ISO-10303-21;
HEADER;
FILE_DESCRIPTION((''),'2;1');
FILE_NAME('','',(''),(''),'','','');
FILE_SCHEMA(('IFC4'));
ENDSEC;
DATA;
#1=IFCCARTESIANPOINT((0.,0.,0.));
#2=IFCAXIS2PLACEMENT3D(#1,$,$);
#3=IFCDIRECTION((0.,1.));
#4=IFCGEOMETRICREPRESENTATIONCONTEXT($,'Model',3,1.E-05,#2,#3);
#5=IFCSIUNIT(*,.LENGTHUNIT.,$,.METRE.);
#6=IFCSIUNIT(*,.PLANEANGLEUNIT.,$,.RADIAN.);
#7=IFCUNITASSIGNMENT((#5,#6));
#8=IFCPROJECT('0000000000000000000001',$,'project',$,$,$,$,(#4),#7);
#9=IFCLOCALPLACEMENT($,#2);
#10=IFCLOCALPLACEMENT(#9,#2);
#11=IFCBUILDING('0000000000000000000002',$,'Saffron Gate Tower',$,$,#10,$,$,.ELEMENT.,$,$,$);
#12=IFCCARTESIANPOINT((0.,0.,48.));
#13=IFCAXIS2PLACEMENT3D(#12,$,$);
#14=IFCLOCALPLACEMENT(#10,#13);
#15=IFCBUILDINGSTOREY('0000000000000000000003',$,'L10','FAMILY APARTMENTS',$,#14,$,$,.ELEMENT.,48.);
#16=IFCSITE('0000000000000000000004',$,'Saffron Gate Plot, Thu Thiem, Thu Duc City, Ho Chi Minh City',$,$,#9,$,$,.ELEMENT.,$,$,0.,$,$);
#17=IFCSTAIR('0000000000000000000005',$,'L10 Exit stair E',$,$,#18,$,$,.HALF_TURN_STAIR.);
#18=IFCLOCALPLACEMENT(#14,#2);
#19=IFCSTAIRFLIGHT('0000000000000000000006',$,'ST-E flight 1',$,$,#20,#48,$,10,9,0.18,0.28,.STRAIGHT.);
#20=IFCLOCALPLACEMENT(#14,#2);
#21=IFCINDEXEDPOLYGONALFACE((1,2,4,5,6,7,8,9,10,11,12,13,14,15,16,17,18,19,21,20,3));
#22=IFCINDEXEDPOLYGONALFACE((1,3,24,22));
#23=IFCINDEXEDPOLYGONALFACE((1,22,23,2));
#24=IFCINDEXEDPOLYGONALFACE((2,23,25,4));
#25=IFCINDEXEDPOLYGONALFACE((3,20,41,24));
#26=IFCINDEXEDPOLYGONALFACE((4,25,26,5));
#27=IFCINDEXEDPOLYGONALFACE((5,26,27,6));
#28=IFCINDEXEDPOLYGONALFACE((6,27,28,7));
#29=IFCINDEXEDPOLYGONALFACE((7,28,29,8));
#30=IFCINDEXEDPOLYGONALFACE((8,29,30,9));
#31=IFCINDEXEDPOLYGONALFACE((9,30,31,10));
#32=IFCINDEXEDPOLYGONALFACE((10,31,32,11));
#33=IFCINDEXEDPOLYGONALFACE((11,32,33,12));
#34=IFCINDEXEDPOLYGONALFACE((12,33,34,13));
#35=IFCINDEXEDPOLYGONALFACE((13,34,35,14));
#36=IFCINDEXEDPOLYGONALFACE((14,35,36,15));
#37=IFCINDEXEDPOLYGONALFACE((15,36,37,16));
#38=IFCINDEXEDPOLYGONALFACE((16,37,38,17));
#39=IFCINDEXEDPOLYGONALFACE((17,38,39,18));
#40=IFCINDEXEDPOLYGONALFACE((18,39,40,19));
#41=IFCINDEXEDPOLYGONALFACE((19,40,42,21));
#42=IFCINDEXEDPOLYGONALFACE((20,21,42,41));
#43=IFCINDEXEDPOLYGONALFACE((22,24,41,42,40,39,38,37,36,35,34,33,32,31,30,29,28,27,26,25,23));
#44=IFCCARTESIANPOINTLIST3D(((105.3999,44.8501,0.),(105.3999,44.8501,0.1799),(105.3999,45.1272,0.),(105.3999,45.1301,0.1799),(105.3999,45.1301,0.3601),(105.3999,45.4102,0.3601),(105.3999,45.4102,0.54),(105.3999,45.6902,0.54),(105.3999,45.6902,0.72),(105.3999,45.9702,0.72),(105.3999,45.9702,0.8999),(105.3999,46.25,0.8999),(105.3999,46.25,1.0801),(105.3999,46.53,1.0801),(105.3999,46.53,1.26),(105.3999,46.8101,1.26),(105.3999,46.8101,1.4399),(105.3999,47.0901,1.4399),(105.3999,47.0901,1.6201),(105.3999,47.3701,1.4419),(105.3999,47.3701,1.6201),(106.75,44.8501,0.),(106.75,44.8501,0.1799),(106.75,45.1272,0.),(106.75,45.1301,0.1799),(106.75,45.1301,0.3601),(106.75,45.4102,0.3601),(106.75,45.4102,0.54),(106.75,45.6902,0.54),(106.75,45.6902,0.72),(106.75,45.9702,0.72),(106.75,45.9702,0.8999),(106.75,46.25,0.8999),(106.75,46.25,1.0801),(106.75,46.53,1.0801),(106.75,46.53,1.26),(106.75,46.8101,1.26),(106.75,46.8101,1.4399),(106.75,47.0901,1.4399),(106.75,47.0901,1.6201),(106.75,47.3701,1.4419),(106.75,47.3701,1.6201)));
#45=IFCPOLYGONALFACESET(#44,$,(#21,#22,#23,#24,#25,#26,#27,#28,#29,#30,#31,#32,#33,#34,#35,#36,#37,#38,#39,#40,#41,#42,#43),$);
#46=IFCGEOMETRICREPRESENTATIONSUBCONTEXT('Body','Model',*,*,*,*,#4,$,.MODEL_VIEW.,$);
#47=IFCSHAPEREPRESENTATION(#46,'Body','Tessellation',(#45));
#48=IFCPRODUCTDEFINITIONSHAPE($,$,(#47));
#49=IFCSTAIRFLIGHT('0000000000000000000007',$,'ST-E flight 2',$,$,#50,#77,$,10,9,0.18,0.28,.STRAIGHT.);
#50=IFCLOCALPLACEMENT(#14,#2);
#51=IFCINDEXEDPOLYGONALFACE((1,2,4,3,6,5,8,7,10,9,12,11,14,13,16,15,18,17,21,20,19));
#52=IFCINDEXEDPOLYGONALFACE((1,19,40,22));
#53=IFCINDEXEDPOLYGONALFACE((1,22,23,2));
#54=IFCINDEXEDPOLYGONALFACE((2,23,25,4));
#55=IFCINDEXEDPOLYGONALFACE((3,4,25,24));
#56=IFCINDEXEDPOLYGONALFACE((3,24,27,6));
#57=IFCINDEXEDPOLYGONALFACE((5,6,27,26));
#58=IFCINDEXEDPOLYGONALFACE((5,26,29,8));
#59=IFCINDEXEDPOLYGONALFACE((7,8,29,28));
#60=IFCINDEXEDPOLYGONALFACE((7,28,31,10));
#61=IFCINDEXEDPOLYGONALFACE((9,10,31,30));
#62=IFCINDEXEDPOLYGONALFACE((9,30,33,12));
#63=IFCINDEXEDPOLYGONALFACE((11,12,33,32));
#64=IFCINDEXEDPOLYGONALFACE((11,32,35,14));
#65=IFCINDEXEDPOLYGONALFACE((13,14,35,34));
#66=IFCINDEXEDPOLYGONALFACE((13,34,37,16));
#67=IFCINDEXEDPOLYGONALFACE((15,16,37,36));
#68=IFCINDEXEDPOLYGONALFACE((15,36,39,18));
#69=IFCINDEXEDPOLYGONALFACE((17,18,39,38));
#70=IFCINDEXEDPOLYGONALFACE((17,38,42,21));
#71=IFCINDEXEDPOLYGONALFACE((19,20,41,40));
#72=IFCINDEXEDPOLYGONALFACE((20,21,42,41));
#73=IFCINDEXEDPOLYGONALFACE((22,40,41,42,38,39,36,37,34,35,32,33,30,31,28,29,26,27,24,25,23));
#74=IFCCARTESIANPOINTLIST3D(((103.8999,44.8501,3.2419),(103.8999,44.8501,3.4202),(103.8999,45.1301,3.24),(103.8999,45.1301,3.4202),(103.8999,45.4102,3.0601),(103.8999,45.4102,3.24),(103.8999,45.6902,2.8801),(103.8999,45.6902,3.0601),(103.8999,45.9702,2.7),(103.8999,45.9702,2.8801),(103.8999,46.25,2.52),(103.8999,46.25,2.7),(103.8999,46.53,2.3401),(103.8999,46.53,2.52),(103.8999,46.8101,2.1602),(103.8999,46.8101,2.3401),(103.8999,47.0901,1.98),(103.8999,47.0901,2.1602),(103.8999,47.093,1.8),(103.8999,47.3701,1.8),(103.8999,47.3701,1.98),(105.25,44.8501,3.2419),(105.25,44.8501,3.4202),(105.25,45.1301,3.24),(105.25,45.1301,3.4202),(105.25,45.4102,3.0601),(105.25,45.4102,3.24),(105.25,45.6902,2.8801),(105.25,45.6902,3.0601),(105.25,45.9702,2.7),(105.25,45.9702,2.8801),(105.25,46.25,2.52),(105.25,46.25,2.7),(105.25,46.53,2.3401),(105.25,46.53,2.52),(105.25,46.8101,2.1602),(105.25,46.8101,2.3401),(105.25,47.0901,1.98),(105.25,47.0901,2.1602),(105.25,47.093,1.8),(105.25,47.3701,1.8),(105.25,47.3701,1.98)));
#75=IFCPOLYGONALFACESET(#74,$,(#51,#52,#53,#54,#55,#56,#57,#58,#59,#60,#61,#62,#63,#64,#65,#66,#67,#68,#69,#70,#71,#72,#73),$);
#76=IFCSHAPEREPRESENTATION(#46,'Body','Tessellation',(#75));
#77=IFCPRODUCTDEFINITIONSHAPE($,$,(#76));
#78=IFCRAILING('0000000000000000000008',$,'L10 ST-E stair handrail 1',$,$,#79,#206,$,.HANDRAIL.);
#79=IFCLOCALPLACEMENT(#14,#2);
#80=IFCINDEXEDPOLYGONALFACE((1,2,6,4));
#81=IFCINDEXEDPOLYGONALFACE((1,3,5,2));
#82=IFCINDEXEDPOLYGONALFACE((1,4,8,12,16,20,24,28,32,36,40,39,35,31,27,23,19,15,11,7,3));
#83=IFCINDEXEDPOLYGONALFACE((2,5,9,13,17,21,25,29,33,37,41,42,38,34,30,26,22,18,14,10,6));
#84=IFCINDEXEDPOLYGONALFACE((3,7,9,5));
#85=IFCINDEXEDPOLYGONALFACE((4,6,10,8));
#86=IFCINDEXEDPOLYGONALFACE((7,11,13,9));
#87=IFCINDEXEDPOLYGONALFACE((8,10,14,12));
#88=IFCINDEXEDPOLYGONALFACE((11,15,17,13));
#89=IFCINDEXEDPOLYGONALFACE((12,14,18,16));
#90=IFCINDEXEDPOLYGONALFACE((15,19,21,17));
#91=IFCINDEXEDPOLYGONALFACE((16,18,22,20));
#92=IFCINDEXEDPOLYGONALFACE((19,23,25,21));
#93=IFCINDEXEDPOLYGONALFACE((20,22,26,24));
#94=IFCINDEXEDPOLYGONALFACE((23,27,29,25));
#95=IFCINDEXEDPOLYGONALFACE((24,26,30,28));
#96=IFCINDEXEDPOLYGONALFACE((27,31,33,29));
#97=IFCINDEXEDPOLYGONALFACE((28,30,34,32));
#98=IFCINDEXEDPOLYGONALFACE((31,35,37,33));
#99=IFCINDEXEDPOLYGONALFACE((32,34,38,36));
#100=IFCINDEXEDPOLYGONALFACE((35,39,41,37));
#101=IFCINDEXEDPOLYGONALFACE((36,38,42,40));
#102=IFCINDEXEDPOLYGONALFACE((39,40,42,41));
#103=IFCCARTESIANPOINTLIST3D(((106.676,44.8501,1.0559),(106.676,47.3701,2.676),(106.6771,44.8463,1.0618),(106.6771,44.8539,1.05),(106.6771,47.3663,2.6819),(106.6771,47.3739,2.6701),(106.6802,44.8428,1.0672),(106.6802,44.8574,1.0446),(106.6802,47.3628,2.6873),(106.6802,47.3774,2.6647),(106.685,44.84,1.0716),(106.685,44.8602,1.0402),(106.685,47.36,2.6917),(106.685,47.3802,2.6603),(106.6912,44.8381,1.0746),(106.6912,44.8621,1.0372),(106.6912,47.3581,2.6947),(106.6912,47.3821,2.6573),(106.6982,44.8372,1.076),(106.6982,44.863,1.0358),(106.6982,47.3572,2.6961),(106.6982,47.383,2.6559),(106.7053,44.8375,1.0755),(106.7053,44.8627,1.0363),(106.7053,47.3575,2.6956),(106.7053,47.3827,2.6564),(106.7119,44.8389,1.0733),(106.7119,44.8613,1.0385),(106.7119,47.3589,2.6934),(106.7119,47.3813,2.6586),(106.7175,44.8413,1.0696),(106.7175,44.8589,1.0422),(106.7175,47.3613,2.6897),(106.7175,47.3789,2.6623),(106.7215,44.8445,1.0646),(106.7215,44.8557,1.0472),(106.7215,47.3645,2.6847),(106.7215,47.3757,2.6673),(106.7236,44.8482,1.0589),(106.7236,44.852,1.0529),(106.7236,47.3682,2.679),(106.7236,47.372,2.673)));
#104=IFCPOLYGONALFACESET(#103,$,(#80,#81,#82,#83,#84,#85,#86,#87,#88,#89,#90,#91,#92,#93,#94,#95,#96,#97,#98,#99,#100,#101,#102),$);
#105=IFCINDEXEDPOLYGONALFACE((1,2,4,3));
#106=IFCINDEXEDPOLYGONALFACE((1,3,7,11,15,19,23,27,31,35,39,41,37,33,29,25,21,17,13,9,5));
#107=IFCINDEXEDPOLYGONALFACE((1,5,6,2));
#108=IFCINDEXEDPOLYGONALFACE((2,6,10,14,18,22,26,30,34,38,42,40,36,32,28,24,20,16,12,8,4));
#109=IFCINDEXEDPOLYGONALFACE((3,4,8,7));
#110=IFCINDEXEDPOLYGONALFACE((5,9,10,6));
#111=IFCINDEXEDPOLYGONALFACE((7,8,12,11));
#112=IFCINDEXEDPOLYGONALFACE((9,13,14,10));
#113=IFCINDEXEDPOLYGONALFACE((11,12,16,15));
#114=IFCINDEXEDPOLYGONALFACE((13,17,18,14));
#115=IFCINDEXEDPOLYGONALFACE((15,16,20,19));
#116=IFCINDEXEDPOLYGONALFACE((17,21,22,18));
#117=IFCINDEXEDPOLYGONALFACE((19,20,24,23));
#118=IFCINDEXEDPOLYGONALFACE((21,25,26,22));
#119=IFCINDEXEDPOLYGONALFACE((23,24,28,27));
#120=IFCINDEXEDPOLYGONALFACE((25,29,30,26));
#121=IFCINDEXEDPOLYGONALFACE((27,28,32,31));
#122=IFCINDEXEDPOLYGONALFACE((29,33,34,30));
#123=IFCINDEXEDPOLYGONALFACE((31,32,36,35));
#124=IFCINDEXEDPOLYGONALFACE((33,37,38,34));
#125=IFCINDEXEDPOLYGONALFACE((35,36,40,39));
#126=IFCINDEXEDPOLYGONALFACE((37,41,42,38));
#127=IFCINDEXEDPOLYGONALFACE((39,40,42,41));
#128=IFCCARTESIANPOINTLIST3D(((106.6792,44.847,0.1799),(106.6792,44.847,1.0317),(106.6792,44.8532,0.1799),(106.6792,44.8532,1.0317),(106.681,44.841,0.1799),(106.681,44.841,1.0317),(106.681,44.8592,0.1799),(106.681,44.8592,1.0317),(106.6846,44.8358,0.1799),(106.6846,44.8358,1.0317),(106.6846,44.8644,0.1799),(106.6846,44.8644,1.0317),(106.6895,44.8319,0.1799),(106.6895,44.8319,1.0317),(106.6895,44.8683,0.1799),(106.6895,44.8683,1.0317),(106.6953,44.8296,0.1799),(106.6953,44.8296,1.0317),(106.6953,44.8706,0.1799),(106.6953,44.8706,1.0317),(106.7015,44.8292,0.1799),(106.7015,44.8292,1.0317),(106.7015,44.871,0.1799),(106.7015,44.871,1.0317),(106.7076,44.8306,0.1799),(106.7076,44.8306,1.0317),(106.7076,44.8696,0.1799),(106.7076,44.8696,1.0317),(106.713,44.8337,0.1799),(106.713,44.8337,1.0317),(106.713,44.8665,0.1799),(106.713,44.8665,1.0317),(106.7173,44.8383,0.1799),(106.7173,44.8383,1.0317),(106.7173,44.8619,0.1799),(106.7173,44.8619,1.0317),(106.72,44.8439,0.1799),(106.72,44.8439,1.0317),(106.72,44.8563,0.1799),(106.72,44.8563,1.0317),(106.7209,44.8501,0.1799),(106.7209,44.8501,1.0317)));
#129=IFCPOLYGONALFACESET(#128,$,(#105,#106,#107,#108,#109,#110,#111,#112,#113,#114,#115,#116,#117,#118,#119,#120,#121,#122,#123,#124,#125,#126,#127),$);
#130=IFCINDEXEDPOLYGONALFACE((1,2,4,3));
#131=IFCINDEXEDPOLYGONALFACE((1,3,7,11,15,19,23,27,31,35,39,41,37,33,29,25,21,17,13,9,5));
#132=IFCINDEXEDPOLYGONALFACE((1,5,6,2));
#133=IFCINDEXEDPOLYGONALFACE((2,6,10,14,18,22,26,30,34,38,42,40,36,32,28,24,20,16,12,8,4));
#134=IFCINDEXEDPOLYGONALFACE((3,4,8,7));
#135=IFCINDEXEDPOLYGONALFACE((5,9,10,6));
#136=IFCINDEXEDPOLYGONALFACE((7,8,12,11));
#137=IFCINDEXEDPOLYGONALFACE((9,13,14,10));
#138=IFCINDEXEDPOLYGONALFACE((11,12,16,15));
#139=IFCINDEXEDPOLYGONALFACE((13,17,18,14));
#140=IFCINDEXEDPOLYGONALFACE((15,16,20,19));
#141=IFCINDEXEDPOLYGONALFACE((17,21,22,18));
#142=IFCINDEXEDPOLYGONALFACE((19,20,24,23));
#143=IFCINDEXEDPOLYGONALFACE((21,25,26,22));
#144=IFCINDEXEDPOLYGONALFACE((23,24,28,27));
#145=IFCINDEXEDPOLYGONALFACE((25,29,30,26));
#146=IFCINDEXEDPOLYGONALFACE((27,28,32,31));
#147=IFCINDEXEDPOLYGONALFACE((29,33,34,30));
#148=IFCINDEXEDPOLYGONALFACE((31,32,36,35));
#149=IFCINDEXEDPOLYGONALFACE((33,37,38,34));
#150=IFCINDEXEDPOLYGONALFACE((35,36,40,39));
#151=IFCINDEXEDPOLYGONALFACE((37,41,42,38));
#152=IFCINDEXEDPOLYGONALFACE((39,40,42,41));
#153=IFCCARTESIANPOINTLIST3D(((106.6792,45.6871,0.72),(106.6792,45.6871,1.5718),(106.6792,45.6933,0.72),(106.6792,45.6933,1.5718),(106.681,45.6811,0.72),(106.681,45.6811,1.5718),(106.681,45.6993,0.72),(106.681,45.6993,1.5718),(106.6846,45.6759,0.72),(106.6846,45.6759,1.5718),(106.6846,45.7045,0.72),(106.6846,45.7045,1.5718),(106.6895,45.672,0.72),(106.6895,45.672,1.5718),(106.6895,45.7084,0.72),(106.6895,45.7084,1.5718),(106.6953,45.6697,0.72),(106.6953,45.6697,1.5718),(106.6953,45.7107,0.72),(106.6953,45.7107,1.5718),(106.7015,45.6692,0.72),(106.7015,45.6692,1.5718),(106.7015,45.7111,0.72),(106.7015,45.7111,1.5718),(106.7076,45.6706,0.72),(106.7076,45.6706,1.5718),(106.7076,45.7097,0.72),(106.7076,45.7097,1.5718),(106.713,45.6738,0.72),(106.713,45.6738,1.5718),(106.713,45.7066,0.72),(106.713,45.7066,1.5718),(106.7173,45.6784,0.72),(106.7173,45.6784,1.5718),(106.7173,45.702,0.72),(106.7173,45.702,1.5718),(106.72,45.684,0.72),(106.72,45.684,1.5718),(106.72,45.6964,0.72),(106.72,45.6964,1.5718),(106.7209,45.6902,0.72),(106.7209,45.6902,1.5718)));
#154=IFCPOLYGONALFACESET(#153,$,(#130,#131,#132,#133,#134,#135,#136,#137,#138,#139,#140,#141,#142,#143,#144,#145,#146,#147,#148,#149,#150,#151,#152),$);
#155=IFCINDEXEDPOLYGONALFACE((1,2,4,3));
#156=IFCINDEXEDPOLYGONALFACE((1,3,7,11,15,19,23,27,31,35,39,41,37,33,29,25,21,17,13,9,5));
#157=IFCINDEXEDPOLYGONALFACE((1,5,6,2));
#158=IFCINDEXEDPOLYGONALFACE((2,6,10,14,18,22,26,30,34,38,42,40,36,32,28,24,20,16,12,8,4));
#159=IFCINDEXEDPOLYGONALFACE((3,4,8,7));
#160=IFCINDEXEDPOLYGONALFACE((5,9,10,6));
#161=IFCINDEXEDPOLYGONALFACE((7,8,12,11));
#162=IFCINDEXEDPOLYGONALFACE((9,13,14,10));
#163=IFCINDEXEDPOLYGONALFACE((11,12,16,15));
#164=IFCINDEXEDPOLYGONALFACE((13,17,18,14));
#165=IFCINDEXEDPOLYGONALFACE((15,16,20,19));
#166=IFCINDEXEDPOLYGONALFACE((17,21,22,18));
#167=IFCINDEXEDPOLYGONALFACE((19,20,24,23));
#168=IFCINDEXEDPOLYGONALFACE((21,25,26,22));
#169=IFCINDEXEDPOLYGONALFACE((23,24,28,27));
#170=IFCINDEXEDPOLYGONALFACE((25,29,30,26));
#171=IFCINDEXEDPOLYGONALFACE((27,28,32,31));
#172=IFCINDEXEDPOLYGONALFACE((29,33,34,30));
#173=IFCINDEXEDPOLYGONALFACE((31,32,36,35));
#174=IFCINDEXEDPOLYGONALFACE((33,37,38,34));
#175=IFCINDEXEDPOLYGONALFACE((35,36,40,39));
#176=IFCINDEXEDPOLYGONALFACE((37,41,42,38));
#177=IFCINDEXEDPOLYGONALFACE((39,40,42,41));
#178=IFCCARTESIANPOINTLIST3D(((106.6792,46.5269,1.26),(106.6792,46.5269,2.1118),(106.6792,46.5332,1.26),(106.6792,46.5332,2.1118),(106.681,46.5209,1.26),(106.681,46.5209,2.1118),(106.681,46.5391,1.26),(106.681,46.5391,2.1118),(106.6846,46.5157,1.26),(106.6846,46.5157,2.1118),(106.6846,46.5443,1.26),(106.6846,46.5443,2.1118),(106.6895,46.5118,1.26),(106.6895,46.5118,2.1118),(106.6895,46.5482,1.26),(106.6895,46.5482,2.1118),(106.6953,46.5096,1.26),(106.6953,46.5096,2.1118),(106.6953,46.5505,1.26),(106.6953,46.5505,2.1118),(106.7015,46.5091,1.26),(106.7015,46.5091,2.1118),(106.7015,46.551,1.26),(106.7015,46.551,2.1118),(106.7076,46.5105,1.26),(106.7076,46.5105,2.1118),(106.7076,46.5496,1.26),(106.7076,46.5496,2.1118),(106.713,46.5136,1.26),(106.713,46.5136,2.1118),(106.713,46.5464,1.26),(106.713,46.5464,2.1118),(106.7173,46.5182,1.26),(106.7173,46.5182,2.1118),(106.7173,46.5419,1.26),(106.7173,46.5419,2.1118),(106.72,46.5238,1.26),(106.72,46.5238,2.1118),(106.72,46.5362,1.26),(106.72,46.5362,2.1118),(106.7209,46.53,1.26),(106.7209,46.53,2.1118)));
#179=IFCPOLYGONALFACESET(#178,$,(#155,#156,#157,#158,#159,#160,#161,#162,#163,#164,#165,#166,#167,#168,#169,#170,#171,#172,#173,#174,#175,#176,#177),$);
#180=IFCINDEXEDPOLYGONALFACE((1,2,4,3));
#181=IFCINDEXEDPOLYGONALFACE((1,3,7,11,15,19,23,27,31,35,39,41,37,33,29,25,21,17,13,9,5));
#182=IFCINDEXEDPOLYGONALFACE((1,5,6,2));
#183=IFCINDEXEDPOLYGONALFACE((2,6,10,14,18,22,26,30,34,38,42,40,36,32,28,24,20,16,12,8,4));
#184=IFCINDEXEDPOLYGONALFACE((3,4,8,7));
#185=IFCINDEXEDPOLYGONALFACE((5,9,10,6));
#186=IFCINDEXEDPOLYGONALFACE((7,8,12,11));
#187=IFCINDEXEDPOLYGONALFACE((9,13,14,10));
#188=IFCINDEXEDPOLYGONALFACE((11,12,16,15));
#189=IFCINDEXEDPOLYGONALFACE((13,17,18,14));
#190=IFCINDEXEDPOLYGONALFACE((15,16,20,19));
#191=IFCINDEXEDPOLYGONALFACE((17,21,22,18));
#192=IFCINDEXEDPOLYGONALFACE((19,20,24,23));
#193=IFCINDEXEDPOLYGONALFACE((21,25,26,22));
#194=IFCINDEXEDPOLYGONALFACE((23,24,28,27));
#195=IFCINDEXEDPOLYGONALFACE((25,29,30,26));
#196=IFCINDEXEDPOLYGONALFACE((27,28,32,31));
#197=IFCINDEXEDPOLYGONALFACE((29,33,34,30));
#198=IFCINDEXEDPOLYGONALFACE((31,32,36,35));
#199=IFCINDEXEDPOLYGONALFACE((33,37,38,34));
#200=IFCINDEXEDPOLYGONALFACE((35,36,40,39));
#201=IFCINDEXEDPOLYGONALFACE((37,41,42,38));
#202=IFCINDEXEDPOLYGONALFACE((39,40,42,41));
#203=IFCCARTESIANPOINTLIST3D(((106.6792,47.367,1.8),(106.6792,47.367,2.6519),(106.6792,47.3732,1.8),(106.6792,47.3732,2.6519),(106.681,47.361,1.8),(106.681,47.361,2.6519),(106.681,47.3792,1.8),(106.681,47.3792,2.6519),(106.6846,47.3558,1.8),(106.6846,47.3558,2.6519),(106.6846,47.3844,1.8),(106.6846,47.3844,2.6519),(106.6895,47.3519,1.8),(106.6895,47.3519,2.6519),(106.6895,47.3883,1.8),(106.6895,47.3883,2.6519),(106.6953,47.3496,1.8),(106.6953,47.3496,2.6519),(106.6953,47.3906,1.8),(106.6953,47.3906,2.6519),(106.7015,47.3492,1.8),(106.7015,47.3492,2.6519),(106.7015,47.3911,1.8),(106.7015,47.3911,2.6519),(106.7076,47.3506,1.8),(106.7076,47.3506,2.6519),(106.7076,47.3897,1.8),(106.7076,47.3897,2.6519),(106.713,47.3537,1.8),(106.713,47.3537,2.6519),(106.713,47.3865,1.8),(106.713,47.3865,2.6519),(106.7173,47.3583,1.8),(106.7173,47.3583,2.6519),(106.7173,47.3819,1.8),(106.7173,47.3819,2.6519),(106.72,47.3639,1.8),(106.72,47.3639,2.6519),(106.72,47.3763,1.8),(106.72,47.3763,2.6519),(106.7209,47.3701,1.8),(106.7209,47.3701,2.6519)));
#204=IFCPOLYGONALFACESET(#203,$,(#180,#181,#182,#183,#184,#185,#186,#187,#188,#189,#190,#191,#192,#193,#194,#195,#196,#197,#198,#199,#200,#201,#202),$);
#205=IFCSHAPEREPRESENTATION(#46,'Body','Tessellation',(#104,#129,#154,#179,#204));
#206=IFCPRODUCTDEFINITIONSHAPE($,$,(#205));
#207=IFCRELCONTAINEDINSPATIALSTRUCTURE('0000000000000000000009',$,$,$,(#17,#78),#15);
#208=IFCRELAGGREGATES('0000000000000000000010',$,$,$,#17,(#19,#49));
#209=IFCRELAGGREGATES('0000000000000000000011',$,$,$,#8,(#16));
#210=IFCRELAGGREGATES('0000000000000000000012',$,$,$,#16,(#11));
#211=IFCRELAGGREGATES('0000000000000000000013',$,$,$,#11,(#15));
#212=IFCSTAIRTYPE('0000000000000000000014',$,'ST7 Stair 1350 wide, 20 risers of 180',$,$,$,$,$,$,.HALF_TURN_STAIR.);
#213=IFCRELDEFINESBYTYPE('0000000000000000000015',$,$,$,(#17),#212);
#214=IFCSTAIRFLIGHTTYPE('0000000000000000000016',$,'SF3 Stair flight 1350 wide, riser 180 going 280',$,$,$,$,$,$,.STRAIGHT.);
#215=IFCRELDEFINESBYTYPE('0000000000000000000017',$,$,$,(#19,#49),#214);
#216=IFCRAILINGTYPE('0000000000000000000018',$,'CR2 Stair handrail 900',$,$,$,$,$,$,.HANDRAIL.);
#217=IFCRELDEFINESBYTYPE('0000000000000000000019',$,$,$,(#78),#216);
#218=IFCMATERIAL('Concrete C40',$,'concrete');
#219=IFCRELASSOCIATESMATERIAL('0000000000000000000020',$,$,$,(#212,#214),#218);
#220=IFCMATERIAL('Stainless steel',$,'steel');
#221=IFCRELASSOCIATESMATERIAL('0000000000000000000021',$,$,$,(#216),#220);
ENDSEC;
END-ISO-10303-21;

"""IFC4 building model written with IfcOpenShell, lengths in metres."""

from ifc_helpers import new_model, si_unit, direction, frame, origin, origin_2d, place, context, subcontext, project, spatial, polyline, circle, outline, extrude, material, type_object, element, aggregate, save


model = new_model("IFC4")

# Units and contexts
model_context = context("Model", 3, precision=1e-05, world=origin(), true_north=direction((0.0, 1.0)))
body_context = subcontext(model_context, "Body", "Model", "MODEL_VIEW")
ifc_project = project(units=[si_unit("LENGTHUNIT", "METRE"), si_unit("PLANEANGLEUNIT", "RADIAN")], contexts=[model_context])

# Site, building, storey
site_placement = place(None, origin())
site = spatial("IfcSite", under=ifc_project, at=site_placement, Name="Saffron Gate Plot, Thu Thiem, Thu Duc City, Ho Chi Minh City", CompositionType="ELEMENT", RefElevation=0.0)
building_placement = place(site_placement, origin())
building = spatial("IfcBuilding", under=site, at=building_placement, Name="Saffron Gate Tower", CompositionType="ELEMENT")
storey_placement = place(building_placement, frame((0.0, 0.0, 48.0)))
storey = spatial("IfcBuildingStorey", under=building, at=storey_placement, Name="L10", Description="FAMILY APARTMENTS", CompositionType="ELEMENT", Elevation=48.0)

# Stair, stair flights
ifc_material_1 = material(Name="Concrete C40", Category="concrete")
stair_type = type_object("IfcStairType", Name="ST7 Stair 1350 wide, 20 risers of 180", PredefinedType="HALF_TURN_STAIR", material=ifc_material_1)
stair_placement = place(storey_placement, origin())
stair = element("IfcStair", 1, at=stair_placement, inside=storey, type_object=stair_type, Name="L10 Exit stair E", PredefinedType="HALF_TURN_STAIR")
stair_flight_type = type_object("IfcStairFlightType", Name="SF3 Stair flight 1350 wide, riser 180 going 280", PredefinedType="STRAIGHT", material=ifc_material_1)
stair_flight_1_placement = place(storey_placement, frame((106.075, 44.8501, 0.0), z_axis=(0.0, 0.0, 1.0), x_axis=(0.0, 1.0, 0.0)))
stair_flight_1 = element("IfcStairFlight", 2, at=stair_flight_1_placement, type_object=stair_flight_type, Name="ST-E flight 1", NumberOfRisers=10, NumberOfTreads=9, PredefinedType="STRAIGHT", RiserHeight=0.18, TreadLength=0.28, context=body_context, shape_type="SweptSolid", body=[
    extrude(outline(polyline([(0.0, 0.0), (0.0, 0.1799), (0.28, 0.1799), (0.28, 0.3601), (0.5601, 0.3601), (0.5601, 0.54), (0.8401, 0.54), (0.8401, 0.72), (1.1201, 0.72), (1.1201, 0.8999), (1.3999, 0.8999), (1.3999, 1.0801), (1.6799, 1.0801), (1.6799, 1.26), (1.96, 1.26), (1.96, 1.4399), (2.24, 1.4399), (2.24, 1.6201), (2.52, 1.6201), (2.52, 1.8), (2.52, 1.4419), (0.2771, 0.0), (0.0, 0.0)])), frame((0.0, 0.675, 0.0), z_axis=(0.0, -1.0, 0.0), x_axis=(1.0, 0.0, 0.0)), (0.0, 0.0, 1.0), 1.3501),
])
stair_flight_2_placement = place(storey_placement, frame((104.575, 47.3701, 1.8), z_axis=(0.0, 0.0, 1.0), x_axis=(0.0, -1.0, 0.0)))
stair_flight_2 = element("IfcStairFlight", 3, at=stair_flight_2_placement, type_object=stair_flight_type, Name="ST-E flight 2", NumberOfRisers=10, NumberOfTreads=9, PredefinedType="STRAIGHT", RiserHeight=0.18, TreadLength=0.28, context=body_context, shape_type="SweptSolid", body=[
    extrude(outline(polyline([(0.0, 0.0), (0.0, 0.1799), (0.28, 0.1799), (0.28, 0.3601), (0.5601, 0.3601), (0.5601, 0.54), (0.8401, 0.54), (0.8401, 0.72), (1.1201, 0.72), (1.1201, 0.8999), (1.3999, 0.8999), (1.3999, 1.0801), (1.6799, 1.0801), (1.6799, 1.26), (1.96, 1.26), (1.96, 1.4399), (2.24, 1.4399), (2.24, 1.6201), (2.52, 1.6201), (2.52, 1.8), (2.52, 1.4419), (0.2771, 0.0), (0.0, 0.0)])), frame((0.0, 0.675, 0.0), z_axis=(0.0, -1.0, 0.0), x_axis=(1.0, 0.0, 0.0)), (0.0, 0.0, 1.0), 1.3501),
])
aggregate(stair, [stair_flight_1, stair_flight_2])

# Railing
ifc_material_2 = material(Name="Stainless steel", Category="steel")
railing_type_1 = type_object("IfcRailingType", Name="CR2 Stair handrail 900", PredefinedType="HANDRAIL", material=ifc_material_2)
railing_1_placement = place(storey_placement, frame((106.7, 44.8501, 0.1799)))
element("IfcRailing", 4, at=railing_1_placement, inside=storey, type_object=railing_type_1, Name="L10 ST-E stair handrail 1", PredefinedType="HANDRAIL", context=body_context, shape_type="SweptSolid", body=[
    extrude(circle(Radius=0.0239, at=origin_2d()), frame((0.0, 0.0, 0.876), z_axis=(0.0, 0.841163, 0.540782), x_axis=(-1.0, 0.0, 0.0)), (0.0, 0.0, 1.0), 2.9958),
    extrude(circle(Radius=0.021, at=origin_2d()), origin(), (0.0, 0.0, 1.0), 0.8518),
    extrude(circle(Radius=0.021, at=origin_2d()), frame((0.0, 0.8401, 0.54)), (0.0, 0.0, 1.0), 0.8518),
    extrude(circle(Radius=0.021, at=origin_2d()), frame((0.0, 1.6799, 1.0801)), (0.0, 0.0, 1.0), 0.8518),
    extrude(circle(Radius=0.021, at=origin_2d()), frame((0.0, 2.52, 1.6201)), (0.0, 0.0, 1.0), 0.8518),
])

save(model, "model.ifc")
